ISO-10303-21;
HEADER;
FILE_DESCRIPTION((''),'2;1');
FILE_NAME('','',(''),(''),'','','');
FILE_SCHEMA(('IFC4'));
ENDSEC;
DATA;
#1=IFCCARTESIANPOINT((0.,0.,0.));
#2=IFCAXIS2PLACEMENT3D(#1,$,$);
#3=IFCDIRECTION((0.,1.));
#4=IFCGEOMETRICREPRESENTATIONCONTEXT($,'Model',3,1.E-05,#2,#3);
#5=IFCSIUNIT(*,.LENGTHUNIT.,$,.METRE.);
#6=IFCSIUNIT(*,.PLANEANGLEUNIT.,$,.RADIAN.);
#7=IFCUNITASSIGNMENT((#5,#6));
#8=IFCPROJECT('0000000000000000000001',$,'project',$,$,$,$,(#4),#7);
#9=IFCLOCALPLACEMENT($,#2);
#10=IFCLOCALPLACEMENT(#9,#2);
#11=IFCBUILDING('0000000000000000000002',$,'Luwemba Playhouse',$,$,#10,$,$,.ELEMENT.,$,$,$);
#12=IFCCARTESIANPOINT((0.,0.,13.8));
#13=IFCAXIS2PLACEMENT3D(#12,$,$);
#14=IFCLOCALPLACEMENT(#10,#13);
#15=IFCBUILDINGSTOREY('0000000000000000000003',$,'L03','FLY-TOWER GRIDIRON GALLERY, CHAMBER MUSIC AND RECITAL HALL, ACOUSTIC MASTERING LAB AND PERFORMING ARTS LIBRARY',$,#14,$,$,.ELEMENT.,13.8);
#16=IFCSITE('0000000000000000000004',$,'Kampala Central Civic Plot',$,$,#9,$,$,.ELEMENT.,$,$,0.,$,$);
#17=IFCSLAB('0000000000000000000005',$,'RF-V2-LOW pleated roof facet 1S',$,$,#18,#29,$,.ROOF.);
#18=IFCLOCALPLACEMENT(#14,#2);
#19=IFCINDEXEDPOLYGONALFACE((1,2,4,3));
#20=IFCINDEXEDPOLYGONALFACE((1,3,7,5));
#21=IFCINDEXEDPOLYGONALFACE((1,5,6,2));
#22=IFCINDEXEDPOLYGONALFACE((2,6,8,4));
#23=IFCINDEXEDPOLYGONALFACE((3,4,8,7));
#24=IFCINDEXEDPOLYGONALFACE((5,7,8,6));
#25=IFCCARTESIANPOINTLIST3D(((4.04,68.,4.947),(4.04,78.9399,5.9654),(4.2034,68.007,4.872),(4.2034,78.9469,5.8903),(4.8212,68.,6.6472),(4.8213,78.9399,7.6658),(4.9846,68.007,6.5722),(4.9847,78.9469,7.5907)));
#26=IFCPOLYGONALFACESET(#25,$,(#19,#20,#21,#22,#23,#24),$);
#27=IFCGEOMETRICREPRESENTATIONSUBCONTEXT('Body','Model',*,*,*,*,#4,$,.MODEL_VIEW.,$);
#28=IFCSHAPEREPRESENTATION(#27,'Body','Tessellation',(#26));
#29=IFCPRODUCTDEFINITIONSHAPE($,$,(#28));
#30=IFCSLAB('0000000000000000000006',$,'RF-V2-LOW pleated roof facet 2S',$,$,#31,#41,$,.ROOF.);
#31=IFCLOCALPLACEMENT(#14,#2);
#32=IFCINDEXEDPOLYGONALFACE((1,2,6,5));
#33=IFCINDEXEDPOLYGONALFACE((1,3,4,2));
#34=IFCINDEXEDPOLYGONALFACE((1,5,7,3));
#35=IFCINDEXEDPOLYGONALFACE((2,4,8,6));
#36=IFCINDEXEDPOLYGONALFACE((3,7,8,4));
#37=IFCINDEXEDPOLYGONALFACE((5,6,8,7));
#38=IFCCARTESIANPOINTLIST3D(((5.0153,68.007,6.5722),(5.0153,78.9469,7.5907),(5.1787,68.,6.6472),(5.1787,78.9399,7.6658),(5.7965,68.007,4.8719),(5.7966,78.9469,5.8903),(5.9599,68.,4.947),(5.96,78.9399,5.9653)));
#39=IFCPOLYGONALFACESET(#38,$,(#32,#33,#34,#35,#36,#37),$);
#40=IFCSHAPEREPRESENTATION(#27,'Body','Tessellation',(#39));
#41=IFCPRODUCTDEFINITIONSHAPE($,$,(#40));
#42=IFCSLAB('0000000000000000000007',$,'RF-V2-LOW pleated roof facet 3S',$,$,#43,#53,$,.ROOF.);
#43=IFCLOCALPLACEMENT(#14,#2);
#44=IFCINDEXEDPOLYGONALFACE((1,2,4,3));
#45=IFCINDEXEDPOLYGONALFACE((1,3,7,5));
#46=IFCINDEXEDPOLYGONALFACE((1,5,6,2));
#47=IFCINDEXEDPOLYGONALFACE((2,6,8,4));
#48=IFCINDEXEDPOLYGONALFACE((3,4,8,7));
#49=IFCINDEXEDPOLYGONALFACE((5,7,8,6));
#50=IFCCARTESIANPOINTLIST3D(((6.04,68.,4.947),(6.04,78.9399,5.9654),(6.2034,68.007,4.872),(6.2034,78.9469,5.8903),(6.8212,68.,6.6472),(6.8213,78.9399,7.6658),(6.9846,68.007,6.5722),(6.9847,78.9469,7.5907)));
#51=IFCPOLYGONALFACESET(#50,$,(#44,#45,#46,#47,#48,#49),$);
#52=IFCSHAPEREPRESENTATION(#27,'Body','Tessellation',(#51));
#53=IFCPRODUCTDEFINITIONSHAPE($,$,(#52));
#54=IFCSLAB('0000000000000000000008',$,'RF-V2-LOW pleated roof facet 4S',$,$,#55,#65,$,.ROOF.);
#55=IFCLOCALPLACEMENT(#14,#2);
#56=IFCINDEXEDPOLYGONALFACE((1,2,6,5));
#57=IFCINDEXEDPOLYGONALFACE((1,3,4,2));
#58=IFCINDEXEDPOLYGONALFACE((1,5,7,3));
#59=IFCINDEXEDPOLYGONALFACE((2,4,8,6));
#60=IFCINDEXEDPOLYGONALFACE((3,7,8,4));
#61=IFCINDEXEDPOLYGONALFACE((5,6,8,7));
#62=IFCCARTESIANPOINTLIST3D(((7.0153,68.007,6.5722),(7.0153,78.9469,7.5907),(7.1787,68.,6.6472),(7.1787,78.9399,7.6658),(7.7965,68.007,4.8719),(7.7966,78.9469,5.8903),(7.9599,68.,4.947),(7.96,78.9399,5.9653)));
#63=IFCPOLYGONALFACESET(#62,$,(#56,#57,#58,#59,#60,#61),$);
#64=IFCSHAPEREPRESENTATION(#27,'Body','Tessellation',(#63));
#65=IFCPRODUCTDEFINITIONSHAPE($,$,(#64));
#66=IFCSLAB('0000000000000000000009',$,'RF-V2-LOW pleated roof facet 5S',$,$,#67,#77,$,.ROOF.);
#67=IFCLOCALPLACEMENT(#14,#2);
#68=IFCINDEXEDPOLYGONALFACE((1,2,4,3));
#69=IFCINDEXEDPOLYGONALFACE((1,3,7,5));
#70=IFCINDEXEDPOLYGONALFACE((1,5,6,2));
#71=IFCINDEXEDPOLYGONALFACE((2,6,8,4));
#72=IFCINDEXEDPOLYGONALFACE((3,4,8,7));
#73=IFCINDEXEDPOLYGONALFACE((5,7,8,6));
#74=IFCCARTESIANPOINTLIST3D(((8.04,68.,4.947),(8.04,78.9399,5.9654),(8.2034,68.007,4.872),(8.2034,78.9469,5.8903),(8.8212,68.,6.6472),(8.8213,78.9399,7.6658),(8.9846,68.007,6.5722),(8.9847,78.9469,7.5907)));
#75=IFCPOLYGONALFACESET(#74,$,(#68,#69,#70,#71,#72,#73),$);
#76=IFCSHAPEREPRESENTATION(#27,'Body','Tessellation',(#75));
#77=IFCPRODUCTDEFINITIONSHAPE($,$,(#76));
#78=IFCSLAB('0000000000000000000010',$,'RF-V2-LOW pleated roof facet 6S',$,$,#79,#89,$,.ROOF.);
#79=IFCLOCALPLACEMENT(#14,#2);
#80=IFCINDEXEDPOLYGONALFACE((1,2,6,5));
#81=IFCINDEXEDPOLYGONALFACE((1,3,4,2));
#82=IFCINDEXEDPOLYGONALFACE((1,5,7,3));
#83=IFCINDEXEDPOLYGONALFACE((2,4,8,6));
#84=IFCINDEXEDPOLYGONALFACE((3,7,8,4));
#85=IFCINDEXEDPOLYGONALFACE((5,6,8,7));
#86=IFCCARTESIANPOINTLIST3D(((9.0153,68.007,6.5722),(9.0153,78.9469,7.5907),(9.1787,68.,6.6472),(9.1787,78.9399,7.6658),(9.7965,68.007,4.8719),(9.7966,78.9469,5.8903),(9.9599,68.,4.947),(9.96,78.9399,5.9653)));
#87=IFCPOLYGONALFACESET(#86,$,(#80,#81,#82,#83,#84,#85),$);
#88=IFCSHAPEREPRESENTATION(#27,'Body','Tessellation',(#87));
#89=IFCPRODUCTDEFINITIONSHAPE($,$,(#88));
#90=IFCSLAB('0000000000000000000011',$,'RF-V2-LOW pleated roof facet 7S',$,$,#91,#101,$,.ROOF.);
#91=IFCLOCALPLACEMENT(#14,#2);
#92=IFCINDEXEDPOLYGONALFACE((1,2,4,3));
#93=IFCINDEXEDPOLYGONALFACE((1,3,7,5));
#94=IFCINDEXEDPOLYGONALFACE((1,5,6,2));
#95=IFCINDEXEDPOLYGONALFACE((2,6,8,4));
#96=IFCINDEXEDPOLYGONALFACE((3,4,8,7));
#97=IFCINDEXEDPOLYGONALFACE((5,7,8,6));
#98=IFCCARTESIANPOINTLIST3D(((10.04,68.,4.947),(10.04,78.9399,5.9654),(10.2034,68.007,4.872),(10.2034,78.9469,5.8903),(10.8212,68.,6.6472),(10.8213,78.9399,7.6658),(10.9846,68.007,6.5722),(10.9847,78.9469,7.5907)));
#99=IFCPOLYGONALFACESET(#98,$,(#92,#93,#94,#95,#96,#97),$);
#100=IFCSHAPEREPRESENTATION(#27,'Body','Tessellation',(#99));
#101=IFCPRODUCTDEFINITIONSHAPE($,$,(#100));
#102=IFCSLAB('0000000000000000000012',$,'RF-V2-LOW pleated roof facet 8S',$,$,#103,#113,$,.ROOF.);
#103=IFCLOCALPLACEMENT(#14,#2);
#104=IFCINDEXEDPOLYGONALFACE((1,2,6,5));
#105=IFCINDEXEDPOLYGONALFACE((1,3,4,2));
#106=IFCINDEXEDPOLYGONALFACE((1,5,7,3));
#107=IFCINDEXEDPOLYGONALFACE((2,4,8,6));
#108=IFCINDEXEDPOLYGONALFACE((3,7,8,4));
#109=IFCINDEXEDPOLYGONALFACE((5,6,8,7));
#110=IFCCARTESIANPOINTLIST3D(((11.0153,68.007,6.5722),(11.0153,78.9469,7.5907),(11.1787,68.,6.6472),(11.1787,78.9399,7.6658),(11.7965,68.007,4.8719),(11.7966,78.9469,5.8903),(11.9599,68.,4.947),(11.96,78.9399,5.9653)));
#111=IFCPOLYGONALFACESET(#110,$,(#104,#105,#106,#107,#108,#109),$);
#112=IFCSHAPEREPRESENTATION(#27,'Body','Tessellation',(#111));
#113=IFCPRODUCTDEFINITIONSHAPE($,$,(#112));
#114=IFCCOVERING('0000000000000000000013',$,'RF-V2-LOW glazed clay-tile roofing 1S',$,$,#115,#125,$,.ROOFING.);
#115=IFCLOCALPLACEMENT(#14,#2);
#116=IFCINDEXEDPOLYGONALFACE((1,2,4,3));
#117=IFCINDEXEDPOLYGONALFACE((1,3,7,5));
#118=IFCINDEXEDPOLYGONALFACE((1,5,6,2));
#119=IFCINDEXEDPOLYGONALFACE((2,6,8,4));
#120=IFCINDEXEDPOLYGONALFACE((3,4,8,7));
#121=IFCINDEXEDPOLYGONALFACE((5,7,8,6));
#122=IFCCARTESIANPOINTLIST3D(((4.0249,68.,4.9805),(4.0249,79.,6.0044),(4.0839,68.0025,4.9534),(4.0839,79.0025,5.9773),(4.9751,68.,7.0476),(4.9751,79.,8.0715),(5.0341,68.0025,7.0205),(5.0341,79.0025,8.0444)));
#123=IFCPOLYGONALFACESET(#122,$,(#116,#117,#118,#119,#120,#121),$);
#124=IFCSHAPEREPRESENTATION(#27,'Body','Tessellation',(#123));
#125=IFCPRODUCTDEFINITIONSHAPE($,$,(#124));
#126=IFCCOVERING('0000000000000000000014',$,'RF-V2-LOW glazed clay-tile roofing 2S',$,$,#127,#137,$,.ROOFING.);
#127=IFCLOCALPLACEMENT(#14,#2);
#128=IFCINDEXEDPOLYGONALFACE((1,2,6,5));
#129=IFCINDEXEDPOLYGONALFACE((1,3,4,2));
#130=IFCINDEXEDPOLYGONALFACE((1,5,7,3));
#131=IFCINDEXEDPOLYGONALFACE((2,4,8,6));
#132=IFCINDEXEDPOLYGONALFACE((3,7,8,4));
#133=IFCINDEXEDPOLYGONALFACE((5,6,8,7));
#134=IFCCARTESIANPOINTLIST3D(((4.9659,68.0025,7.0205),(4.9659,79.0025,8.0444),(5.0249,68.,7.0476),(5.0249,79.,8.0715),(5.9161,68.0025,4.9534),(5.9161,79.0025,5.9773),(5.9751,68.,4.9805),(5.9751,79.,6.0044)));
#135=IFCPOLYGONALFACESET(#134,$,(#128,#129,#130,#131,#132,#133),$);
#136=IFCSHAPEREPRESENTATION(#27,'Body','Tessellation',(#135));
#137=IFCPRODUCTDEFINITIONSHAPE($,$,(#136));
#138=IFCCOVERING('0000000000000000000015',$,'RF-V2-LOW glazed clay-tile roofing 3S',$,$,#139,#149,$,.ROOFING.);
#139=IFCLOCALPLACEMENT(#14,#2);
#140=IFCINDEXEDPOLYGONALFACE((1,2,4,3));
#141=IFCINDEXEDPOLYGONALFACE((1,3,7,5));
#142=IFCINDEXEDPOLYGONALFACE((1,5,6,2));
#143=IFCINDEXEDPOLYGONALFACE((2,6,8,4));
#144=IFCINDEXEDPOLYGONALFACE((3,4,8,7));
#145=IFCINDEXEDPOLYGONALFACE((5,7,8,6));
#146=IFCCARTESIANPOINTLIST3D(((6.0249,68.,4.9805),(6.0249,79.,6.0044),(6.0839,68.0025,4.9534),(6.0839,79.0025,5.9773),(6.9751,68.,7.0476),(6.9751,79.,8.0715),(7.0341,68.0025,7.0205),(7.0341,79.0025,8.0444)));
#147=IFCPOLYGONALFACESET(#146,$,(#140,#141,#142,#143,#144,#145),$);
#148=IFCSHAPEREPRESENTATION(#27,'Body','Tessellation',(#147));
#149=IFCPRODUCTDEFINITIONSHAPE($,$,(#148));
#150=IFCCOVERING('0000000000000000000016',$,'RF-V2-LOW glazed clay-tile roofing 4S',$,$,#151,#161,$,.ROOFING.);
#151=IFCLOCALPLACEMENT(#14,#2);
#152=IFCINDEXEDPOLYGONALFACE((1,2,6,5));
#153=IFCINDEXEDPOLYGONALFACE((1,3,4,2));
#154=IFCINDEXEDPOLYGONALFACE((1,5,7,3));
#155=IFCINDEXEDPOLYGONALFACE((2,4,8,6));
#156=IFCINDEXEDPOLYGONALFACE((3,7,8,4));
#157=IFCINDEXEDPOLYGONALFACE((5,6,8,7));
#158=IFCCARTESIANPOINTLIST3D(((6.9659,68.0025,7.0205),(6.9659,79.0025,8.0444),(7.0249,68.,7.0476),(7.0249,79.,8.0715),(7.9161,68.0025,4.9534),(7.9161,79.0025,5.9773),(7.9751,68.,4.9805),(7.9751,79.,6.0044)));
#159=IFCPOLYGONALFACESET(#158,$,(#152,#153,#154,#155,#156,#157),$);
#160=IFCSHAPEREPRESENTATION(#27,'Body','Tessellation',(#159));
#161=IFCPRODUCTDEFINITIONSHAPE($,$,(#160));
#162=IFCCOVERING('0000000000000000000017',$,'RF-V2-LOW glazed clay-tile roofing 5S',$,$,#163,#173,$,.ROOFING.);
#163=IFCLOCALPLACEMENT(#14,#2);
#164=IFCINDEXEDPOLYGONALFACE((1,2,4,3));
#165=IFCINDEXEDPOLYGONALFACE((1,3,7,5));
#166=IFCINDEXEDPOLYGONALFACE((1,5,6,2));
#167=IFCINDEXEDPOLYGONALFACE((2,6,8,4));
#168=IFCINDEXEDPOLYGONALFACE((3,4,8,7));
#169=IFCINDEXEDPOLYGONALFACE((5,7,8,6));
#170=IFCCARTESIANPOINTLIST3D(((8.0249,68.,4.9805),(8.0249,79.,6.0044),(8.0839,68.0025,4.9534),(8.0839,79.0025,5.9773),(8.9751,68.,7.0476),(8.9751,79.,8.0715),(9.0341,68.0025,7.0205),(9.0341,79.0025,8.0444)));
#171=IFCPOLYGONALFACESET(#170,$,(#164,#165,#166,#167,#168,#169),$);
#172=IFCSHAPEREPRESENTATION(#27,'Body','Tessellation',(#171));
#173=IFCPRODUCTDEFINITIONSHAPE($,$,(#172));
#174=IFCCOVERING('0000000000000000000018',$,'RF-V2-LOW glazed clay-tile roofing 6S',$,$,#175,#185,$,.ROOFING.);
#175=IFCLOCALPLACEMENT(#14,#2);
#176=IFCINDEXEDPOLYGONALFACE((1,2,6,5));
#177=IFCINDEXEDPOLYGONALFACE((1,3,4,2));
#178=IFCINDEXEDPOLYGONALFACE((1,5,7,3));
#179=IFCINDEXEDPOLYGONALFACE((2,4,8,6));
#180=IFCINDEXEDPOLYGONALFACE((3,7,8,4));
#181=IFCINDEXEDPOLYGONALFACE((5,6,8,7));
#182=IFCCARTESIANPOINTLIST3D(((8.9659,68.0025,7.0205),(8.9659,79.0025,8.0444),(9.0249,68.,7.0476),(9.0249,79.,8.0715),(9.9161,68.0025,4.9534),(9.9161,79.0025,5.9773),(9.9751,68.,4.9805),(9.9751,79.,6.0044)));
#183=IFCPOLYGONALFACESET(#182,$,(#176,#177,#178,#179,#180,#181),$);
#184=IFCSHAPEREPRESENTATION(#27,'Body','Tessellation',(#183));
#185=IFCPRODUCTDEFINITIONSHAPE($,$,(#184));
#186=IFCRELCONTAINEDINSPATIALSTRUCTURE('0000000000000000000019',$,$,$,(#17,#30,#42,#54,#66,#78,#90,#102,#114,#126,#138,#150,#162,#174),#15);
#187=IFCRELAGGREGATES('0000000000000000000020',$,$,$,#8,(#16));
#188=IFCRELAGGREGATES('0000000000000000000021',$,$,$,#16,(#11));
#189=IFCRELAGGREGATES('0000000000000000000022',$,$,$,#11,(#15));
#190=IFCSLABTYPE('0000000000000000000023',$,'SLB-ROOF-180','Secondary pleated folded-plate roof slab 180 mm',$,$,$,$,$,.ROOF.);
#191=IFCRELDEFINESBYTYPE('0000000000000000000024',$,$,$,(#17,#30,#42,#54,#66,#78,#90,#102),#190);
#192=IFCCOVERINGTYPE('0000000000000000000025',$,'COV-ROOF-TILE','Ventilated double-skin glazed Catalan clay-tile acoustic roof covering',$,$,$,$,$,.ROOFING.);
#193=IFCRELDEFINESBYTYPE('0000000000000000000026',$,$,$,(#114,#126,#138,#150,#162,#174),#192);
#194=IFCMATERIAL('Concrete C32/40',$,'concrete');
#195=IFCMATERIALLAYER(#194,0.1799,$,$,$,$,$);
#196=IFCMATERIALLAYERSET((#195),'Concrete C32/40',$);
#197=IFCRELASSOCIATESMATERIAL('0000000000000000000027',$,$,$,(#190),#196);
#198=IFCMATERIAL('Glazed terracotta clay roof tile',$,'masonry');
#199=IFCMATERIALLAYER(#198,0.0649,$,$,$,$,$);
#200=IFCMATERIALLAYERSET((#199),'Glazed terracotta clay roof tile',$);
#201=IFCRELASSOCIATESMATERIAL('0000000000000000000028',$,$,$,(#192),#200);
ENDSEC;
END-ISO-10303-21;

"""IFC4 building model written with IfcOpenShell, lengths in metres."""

from ifc_helpers import new_model, si_unit, direction, frame, origin, place, context, subcontext, project, spatial, polyline, outline, extrude, material, layer, layer_set, type_object, element, save


model = new_model("IFC4")

# Units and contexts
model_context = context("Model", 3, precision=1e-05, world=origin(), true_north=direction((0.0, 1.0)))
body_context = subcontext(model_context, "Body", "Model", "MODEL_VIEW")
ifc_project = project(units=[si_unit("LENGTHUNIT", "METRE"), si_unit("PLANEANGLEUNIT", "RADIAN")], contexts=[model_context])

# Site, building, storey
site_placement = place(None, origin())
site = spatial("IfcSite", under=ifc_project, at=site_placement, Name="Kampala Central Civic Plot", CompositionType="ELEMENT", RefElevation=0.0)
building_placement = place(site_placement, origin())
building = spatial("IfcBuilding", under=site, at=building_placement, Name="Luwemba Playhouse", CompositionType="ELEMENT")
storey_placement = place(building_placement, frame((0.0, 0.0, 13.8)))
storey = spatial("IfcBuildingStorey", under=building, at=storey_placement, Name="L03", Description="FLY-TOWER GRIDIRON GALLERY, CHAMBER MUSIC AND RECITAL HALL, ACOUSTIC MASTERING LAB AND PERFORMING ARTS LIBRARY", CompositionType="ELEMENT", Elevation=13.8)

# Slabs
ifc_material_1 = material(Name="Concrete C32/40", Category="concrete")
ifc_layer_1 = layer(ifc_material_1, 0.1799)
ifc_layer_set_1 = layer_set([ifc_layer_1], Name="Concrete C32/40")
slab_type = type_object("IfcSlabType", Name="SLB-ROOF-180", Description="Secondary pleated folded-plate roof slab 180 mm", PredefinedType="ROOF", material=ifc_layer_set_1)
slab_1_placement = place(storey_placement, frame((4.04, 68.0, 4.947), z_axis=(-0.907987, -0.038838, 0.417195), x_axis=(0.41751, -0.000001, 0.908672)))
element("IfcSlab", 1, at=slab_1_placement, inside=storey, type_object=slab_type, Name="RF-V2-LOW pleated roof facet 1S", PredefinedType="ROOF", context=body_context, shape_type="SweptSolid", body=[
    extrude(outline(polyline([(0.0, 0.0), (1.8711, 0.0), (2.7966, 10.9482), (0.9253, 10.9482), (0.0, 0.0)])), origin(), (0.0, 0.0, -1.0), 0.1799),
])
slab_2_placement = place(storey_placement, frame((5.1787, 68.0, 6.6472), z_axis=(0.907987, -0.038838, 0.417195), x_axis=(0.41751, 0.000001, -0.908672)))
element("IfcSlab", 2, at=slab_2_placement, inside=storey, type_object=slab_type, Name="RF-V2-LOW pleated roof facet 2S", PredefinedType="ROOF", context=body_context, shape_type="SweptSolid", body=[
    extrude(outline(polyline([(0.0, 0.0), (1.8711, 0.0), (0.9458, 10.9482), (-0.9255, 10.9482), (0.0, 0.0)])), origin(), (0.0, 0.0, -1.0), 0.1799),
])
slab_3_placement = place(storey_placement, frame((6.04, 68.0, 4.947), z_axis=(-0.907987, -0.038838, 0.417195), x_axis=(0.41751, -0.000001, 0.908672)))
element("IfcSlab", 3, at=slab_3_placement, inside=storey, type_object=slab_type, Name="RF-V2-LOW pleated roof facet 3S", PredefinedType="ROOF", context=body_context, shape_type="SweptSolid", body=[
    extrude(outline(polyline([(0.0, 0.0), (1.8711, 0.0), (2.7966, 10.9482), (0.9253, 10.9482), (0.0, 0.0)])), origin(), (0.0, 0.0, -1.0), 0.1799),
])
slab_4_placement = place(storey_placement, frame((7.1787, 68.0, 6.6472), z_axis=(0.907987, -0.038838, 0.417195), x_axis=(0.41751, 0.000001, -0.908672)))
element("IfcSlab", 4, at=slab_4_placement, inside=storey, type_object=slab_type, Name="RF-V2-LOW pleated roof facet 4S", PredefinedType="ROOF", context=body_context, shape_type="SweptSolid", body=[
    extrude(outline(polyline([(0.0, 0.0), (1.8711, 0.0), (0.9458, 10.9482), (-0.9255, 10.9482), (0.0, 0.0)])), origin(), (0.0, 0.0, -1.0), 0.1799),
])
slab_5_placement = place(storey_placement, frame((8.04, 68.0, 4.947), z_axis=(-0.907987, -0.038838, 0.417195), x_axis=(0.41751, -0.000001, 0.908672)))
element("IfcSlab", 5, at=slab_5_placement, inside=storey, type_object=slab_type, Name="RF-V2-LOW pleated roof facet 5S", PredefinedType="ROOF", context=body_context, shape_type="SweptSolid", body=[
    extrude(outline(polyline([(0.0, 0.0), (1.8711, 0.0), (2.7966, 10.9482), (0.9253, 10.9482), (0.0, 0.0)])), origin(), (0.0, 0.0, -1.0), 0.1799),
])
slab_6_placement = place(storey_placement, frame((9.1787, 68.0, 6.6472), z_axis=(0.907987, -0.038838, 0.417195), x_axis=(0.41751, 0.000001, -0.908672)))
element("IfcSlab", 6, at=slab_6_placement, inside=storey, type_object=slab_type, Name="RF-V2-LOW pleated roof facet 6S", PredefinedType="ROOF", context=body_context, shape_type="SweptSolid", body=[
    extrude(outline(polyline([(0.0, 0.0), (1.8711, 0.0), (0.9458, 10.9482), (-0.9255, 10.9482), (0.0, 0.0)])), origin(), (0.0, 0.0, -1.0), 0.1799),
])
slab_7_placement = place(storey_placement, frame((10.04, 68.0, 4.947), z_axis=(-0.907987, -0.038838, 0.417195), x_axis=(0.41751, -0.000001, 0.908672)))
element("IfcSlab", 7, at=slab_7_placement, inside=storey, type_object=slab_type, Name="RF-V2-LOW pleated roof facet 7S", PredefinedType="ROOF", context=body_context, shape_type="SweptSolid", body=[
    extrude(outline(polyline([(0.0, 0.0), (1.8711, 0.0), (2.7966, 10.9482), (0.9253, 10.9482), (0.0, 0.0)])), origin(), (0.0, 0.0, -1.0), 0.1799),
])
slab_8_placement = place(storey_placement, frame((11.1787, 68.0, 6.6472), z_axis=(0.907987, -0.038838, 0.417195), x_axis=(0.41751, 0.000001, -0.908672)))
element("IfcSlab", 8, at=slab_8_placement, inside=storey, type_object=slab_type, Name="RF-V2-LOW pleated roof facet 8S", PredefinedType="ROOF", context=body_context, shape_type="SweptSolid", body=[
    extrude(outline(polyline([(0.0, 0.0), (1.8711, 0.0), (0.9458, 10.9482), (-0.9255, 10.9482), (0.0, 0.0)])), origin(), (0.0, 0.0, -1.0), 0.1799),
])

# Coverings
ifc_material_2 = material(Name="Glazed terracotta clay roof tile", Category="masonry")
ifc_layer_2 = layer(ifc_material_2, 0.0649)
ifc_layer_set_2 = layer_set([ifc_layer_2], Name="Glazed terracotta clay roof tile")
covering_type = type_object("IfcCoveringType", Name="COV-ROOF-TILE", Description="Ventilated double-skin glazed Catalan clay-tile acoustic roof covering", PredefinedType="ROOFING", material=ifc_layer_set_2)
covering_1_placement = place(storey_placement, frame((4.0249, 68.0, 4.9805), z_axis=(-0.907919, -0.038848, 0.417341), x_axis=(0.417656, 0.0, 0.908605)))
element("IfcCovering", 9, at=covering_1_placement, inside=storey, type_object=covering_type, Name="RF-V2-LOW glazed clay-tile roofing 1S", PredefinedType="ROOFING", context=body_context, shape_type="SweptSolid", body=[
    extrude(outline(polyline([(0.0, 0.0), (2.2751, 0.0), (3.2054, 11.0083), (0.9303, 11.0083), (0.0, 0.0)])), origin(), (0.0, 0.0, -1.0), 0.0649),
])
covering_2_placement = place(storey_placement, frame((5.0249, 68.0, 7.0476), z_axis=(0.907919, -0.038848, 0.417341), x_axis=(0.417656, 0.0, -0.908605)))
element("IfcCovering", 10, at=covering_2_placement, inside=storey, type_object=covering_type, Name="RF-V2-LOW glazed clay-tile roofing 2S", PredefinedType="ROOFING", context=body_context, shape_type="SweptSolid", body=[
    extrude(outline(polyline([(0.0, 0.0), (2.2751, 0.0), (1.3447, 11.0083), (-0.9303, 11.0083), (0.0, 0.0)])), origin(), (0.0, 0.0, -1.0), 0.0649),
])
covering_3_placement = place(storey_placement, frame((6.0249, 68.0, 4.9805), z_axis=(-0.907919, -0.038848, 0.417341), x_axis=(0.417656, 0.0, 0.908605)))
element("IfcCovering", 11, at=covering_3_placement, inside=storey, type_object=covering_type, Name="RF-V2-LOW glazed clay-tile roofing 3S", PredefinedType="ROOFING", context=body_context, shape_type="SweptSolid", body=[
    extrude(outline(polyline([(0.0, 0.0), (2.2751, 0.0), (3.2054, 11.0083), (0.9303, 11.0083), (0.0, 0.0)])), origin(), (0.0, 0.0, -1.0), 0.0649),
])
covering_4_placement = place(storey_placement, frame((7.0249, 68.0, 7.0476), z_axis=(0.907919, -0.038848, 0.417341), x_axis=(0.417656, 0.0, -0.908605)))
element("IfcCovering", 12, at=covering_4_placement, inside=storey, type_object=covering_type, Name="RF-V2-LOW glazed clay-tile roofing 4S", PredefinedType="ROOFING", context=body_context, shape_type="SweptSolid", body=[
    extrude(outline(polyline([(0.0, 0.0), (2.2751, 0.0), (1.3447, 11.0083), (-0.9303, 11.0083), (0.0, 0.0)])), origin(), (0.0, 0.0, -1.0), 0.0649),
])
covering_5_placement = place(storey_placement, frame((8.0249, 68.0, 4.9805), z_axis=(-0.907919, -0.038848, 0.417341), x_axis=(0.417656, 0.0, 0.908605)))
element("IfcCovering", 13, at=covering_5_placement, inside=storey, type_object=covering_type, Name="RF-V2-LOW glazed clay-tile roofing 5S", PredefinedType="ROOFING", context=body_context, shape_type="SweptSolid", body=[
    extrude(outline(polyline([(0.0, 0.0), (2.2751, 0.0), (3.2054, 11.0083), (0.9303, 11.0083), (0.0, 0.0)])), origin(), (0.0, 0.0, -1.0), 0.0649),
])
covering_6_placement = place(storey_placement, frame((9.0249, 68.0, 7.0476), z_axis=(0.907919, -0.038848, 0.417341), x_axis=(0.417656, 0.0, -0.908605)))
element("IfcCovering", 14, at=covering_6_placement, inside=storey, type_object=covering_type, Name="RF-V2-LOW glazed clay-tile roofing 6S", PredefinedType="ROOFING", context=body_context, shape_type="SweptSolid", body=[
    extrude(outline(polyline([(0.0, 0.0), (2.2751, 0.0), (1.3447, 11.0083), (-0.9303, 11.0083), (0.0, 0.0)])), origin(), (0.0, 0.0, -1.0), 0.0649),
])

save(model, "model.ifc")
